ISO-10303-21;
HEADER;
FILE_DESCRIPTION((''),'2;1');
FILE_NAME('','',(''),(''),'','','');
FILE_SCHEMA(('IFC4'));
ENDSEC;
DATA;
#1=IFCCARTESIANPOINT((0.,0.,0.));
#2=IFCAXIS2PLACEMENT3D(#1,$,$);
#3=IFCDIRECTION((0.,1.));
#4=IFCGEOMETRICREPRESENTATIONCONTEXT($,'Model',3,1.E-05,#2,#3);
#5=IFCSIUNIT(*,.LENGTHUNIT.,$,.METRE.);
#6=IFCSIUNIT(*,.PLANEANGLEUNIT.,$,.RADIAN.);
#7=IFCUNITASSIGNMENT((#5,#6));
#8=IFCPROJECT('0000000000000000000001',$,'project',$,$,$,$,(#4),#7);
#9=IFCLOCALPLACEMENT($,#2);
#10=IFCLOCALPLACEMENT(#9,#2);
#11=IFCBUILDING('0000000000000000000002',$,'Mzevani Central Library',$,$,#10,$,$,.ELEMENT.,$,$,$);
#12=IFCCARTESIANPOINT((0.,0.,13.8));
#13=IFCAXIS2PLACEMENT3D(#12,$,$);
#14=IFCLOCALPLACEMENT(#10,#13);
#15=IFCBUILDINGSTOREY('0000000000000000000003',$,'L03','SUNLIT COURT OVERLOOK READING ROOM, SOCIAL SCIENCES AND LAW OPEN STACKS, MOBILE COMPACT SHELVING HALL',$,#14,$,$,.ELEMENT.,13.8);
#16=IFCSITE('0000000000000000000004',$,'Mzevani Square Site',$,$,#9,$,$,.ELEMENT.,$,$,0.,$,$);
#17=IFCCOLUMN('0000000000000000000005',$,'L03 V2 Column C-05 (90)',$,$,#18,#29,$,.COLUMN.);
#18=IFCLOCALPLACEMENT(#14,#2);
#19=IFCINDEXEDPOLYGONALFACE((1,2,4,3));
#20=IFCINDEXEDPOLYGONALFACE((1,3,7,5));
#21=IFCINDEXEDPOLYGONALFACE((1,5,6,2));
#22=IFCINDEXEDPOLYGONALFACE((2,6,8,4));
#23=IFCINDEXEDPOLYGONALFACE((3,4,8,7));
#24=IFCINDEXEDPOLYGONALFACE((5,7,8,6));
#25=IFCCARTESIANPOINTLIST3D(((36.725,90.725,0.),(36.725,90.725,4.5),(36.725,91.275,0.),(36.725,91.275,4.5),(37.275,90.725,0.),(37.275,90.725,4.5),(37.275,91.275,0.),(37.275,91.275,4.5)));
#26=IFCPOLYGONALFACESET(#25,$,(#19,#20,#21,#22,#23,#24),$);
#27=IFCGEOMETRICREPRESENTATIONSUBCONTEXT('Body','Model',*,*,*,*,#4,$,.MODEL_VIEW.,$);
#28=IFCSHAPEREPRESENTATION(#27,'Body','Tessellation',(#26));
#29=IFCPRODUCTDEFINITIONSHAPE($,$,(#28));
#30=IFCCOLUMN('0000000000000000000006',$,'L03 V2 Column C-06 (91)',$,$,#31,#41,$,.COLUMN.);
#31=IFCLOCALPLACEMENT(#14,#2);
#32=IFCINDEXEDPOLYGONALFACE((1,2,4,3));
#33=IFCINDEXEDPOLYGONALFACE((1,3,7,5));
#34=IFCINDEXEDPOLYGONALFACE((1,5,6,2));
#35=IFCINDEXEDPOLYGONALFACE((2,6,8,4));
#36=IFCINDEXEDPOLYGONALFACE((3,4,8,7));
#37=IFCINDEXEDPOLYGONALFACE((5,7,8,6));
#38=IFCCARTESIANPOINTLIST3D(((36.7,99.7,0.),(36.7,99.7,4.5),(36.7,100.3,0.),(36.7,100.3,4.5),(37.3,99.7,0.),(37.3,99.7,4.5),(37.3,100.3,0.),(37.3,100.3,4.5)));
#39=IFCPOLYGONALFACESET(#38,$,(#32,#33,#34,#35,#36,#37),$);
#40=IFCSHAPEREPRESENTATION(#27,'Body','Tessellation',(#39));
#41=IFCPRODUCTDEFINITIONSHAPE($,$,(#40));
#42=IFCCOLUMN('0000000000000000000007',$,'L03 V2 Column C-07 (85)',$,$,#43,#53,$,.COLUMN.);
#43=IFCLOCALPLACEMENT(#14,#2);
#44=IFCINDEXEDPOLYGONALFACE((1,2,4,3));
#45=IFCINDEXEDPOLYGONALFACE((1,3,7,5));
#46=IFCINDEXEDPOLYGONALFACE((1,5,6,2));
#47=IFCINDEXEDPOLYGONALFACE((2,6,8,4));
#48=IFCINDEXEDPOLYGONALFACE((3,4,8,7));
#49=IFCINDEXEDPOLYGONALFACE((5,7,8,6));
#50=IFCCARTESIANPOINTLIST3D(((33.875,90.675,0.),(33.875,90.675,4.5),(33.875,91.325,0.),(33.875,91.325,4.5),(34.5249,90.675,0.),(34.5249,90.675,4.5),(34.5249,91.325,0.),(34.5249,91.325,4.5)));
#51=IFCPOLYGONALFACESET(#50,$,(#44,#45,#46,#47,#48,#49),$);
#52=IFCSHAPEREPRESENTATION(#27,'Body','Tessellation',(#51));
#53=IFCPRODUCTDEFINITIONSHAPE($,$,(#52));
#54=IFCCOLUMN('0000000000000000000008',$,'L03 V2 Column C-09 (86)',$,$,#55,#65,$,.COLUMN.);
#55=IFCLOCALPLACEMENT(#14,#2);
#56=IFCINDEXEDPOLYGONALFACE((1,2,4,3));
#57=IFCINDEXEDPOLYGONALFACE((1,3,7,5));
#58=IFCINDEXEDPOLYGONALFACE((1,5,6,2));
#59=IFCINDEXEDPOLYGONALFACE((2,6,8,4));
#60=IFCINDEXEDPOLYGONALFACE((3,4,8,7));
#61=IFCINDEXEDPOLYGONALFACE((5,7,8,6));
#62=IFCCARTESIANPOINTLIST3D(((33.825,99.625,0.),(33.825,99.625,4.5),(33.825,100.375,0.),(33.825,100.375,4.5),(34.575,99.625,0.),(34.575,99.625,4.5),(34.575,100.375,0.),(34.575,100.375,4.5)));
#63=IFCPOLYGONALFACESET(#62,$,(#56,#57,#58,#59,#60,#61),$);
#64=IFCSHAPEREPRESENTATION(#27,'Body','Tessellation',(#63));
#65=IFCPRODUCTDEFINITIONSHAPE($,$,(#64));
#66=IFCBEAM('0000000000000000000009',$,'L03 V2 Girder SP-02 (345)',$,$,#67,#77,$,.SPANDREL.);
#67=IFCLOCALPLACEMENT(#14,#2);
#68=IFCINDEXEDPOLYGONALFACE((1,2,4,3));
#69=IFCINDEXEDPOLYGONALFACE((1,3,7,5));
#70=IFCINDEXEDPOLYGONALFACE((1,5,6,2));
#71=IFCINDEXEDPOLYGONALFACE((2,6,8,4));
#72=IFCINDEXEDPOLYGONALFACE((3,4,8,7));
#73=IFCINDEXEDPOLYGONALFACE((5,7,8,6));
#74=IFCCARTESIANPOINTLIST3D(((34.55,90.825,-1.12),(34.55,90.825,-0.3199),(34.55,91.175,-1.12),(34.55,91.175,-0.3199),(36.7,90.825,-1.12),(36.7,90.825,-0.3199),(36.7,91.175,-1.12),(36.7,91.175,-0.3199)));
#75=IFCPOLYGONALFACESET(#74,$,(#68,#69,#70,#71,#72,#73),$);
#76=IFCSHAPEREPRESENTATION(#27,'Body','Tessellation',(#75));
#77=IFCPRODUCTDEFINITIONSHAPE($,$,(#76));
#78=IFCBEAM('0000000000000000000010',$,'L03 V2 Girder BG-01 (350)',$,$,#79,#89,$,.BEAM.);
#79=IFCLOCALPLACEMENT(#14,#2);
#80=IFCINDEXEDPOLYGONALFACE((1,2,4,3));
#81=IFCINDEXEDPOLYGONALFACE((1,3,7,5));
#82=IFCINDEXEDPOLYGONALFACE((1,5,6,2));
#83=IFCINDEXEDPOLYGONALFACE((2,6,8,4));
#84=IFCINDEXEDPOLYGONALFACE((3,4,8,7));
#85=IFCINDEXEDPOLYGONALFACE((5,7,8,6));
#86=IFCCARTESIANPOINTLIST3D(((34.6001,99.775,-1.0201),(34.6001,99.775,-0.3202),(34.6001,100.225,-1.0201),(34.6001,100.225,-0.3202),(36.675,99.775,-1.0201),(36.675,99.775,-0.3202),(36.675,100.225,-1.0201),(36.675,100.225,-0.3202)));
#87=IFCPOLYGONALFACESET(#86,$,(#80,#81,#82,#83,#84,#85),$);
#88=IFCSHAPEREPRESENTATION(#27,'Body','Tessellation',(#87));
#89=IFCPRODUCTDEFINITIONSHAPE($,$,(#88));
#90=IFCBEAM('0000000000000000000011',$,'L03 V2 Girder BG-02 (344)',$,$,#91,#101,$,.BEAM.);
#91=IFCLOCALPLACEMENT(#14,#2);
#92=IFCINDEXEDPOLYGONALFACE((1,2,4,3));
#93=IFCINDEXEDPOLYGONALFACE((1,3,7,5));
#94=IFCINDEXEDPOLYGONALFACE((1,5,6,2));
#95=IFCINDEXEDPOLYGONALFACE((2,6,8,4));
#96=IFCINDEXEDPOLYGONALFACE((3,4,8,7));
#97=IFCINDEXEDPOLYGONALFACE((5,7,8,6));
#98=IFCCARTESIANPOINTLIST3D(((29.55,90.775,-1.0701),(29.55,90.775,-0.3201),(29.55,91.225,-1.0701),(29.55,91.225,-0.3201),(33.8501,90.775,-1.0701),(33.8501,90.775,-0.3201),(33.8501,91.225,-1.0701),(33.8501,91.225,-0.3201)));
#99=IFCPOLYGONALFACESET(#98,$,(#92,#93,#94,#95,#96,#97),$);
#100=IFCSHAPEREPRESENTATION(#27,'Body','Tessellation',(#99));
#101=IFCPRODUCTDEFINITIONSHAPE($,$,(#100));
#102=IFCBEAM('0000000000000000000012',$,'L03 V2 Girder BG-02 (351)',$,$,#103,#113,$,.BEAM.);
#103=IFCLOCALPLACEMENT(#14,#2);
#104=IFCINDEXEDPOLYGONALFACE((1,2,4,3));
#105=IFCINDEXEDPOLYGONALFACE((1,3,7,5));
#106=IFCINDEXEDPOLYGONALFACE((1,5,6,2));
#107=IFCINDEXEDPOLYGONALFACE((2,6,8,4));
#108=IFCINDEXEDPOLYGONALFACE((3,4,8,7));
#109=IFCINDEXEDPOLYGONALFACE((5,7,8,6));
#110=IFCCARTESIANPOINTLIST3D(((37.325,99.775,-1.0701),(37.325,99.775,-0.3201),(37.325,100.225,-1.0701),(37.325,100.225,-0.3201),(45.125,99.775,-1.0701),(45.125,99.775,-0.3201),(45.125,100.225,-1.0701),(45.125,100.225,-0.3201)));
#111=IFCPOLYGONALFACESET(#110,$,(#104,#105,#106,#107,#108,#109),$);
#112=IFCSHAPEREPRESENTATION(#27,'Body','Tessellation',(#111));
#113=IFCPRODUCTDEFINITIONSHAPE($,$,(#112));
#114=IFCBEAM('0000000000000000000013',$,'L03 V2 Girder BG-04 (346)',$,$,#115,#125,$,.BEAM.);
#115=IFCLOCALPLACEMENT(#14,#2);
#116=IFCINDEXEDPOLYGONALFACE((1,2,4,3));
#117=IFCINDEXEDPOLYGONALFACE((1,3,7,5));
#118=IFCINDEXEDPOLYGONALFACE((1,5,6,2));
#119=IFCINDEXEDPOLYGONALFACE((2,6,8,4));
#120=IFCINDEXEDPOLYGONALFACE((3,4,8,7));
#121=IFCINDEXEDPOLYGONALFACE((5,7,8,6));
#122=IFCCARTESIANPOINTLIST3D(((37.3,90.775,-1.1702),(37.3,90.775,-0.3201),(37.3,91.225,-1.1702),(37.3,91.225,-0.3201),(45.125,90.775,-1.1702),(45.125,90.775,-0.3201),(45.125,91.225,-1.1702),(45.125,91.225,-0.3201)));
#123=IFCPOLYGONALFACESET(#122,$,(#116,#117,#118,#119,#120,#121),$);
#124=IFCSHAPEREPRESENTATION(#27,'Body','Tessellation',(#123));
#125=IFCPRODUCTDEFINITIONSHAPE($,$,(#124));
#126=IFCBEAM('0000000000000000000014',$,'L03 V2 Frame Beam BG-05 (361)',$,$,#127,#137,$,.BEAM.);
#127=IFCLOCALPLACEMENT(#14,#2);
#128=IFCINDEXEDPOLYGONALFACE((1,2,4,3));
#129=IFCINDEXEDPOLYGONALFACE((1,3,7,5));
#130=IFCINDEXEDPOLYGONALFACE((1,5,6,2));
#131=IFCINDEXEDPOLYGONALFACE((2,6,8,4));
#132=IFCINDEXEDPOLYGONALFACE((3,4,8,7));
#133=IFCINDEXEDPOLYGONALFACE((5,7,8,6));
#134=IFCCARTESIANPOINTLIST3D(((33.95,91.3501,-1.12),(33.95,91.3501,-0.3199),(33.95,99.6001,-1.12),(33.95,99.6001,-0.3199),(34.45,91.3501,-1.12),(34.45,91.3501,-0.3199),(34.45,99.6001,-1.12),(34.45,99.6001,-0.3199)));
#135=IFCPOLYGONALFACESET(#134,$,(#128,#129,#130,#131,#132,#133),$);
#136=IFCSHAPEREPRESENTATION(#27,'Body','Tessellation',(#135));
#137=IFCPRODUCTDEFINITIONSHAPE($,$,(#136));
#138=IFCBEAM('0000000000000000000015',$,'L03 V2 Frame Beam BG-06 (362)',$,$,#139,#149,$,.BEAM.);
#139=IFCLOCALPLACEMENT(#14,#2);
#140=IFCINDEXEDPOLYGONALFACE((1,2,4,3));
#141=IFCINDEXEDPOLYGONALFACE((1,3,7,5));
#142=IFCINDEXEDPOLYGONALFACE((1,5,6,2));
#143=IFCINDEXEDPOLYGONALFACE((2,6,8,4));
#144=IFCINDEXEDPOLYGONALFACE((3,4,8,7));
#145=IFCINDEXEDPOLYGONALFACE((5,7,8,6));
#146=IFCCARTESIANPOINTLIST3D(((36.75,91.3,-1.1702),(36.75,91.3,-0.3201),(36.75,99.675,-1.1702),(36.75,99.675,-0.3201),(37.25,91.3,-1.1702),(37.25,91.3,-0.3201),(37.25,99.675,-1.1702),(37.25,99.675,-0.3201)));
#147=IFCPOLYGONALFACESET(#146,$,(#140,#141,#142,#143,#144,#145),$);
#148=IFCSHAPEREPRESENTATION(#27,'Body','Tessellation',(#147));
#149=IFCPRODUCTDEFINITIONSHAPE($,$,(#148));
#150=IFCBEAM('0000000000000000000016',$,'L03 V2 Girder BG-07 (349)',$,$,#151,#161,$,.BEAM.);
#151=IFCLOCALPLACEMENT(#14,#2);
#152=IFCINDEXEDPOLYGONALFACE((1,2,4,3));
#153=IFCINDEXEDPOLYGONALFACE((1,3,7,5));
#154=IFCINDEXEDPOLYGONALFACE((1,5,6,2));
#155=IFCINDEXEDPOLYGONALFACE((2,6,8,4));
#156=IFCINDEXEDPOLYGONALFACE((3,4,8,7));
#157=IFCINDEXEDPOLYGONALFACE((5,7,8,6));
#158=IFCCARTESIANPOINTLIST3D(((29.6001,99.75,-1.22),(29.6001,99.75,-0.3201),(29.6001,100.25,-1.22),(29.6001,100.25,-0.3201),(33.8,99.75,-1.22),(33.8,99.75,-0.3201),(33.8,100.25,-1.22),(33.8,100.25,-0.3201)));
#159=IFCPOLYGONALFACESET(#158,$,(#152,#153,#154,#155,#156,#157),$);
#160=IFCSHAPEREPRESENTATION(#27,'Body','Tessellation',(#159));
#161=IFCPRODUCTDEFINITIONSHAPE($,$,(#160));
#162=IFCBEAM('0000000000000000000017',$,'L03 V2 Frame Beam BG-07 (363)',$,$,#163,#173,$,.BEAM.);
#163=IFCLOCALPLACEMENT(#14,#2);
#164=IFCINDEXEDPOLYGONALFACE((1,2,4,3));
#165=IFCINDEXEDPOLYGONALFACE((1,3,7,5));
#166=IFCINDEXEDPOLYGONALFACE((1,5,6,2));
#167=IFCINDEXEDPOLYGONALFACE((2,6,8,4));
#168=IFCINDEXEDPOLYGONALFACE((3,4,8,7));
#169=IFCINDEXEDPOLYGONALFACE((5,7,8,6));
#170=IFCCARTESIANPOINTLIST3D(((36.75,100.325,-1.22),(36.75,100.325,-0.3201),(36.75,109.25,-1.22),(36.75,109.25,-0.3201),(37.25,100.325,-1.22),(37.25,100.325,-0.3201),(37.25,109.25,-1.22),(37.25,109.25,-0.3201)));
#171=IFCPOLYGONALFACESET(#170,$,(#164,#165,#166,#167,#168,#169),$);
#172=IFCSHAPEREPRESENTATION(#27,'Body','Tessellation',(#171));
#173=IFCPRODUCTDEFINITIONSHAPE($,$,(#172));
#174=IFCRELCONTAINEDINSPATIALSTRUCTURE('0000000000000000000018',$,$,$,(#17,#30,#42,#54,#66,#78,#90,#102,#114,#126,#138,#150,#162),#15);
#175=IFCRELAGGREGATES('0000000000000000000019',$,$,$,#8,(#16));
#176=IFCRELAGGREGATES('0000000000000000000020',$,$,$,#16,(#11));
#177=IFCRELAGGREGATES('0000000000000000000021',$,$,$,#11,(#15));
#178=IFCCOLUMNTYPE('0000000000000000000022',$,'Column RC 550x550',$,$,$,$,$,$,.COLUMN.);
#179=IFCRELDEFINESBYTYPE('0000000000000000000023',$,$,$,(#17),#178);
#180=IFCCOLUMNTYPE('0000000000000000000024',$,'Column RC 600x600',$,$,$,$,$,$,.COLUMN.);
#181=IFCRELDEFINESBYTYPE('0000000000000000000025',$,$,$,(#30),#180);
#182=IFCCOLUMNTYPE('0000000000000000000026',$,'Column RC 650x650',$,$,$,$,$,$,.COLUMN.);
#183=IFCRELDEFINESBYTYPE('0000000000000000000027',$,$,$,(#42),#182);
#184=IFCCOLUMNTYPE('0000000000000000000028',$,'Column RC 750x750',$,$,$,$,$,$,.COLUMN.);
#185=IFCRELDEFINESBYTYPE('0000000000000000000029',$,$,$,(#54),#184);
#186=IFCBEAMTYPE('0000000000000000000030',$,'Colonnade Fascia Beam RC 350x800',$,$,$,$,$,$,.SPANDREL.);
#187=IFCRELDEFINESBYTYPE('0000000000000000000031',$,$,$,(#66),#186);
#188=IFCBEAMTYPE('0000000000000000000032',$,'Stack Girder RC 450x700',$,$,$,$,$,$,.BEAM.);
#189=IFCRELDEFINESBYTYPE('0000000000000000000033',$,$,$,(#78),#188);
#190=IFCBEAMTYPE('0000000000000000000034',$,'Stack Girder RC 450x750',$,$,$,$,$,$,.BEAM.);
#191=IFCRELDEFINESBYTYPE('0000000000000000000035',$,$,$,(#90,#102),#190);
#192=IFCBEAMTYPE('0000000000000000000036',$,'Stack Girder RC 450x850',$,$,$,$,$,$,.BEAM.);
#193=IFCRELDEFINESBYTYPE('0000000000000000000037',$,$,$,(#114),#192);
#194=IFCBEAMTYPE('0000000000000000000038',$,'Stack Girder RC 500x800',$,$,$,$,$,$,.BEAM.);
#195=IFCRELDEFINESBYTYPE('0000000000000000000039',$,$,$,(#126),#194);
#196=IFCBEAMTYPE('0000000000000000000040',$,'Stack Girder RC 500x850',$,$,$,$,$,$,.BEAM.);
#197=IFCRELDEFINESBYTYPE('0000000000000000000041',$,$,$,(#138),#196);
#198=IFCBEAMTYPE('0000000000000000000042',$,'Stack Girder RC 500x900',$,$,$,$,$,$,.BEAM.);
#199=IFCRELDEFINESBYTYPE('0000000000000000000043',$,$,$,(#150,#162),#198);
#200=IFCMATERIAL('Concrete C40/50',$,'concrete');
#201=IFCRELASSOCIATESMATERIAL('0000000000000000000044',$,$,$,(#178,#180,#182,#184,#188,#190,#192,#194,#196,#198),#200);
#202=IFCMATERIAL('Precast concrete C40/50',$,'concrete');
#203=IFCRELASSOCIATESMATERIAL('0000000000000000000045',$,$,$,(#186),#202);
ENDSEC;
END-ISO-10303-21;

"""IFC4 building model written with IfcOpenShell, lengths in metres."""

from ifc_helpers import new_model, si_unit, direction, frame, origin, origin_2d, place, context, subcontext, project, spatial, rectangle, extrude, material, material_profile, profile_set, type_object, element, save


model = new_model("IFC4")

# Units and contexts
model_context = context("Model", 3, precision=1e-05, world=origin(), true_north=direction((0.0, 1.0)))
body_context = subcontext(model_context, "Body", "Model", "MODEL_VIEW")
ifc_project = project(units=[si_unit("LENGTHUNIT", "METRE"), si_unit("PLANEANGLEUNIT", "RADIAN")], contexts=[model_context])

# Site, building, storey
site_placement = place(None, origin())
site = spatial("IfcSite", under=ifc_project, at=site_placement, Name="Mzevani Square Site", CompositionType="ELEMENT", RefElevation=0.0)
building_placement = place(site_placement, origin())
building = spatial("IfcBuilding", under=site, at=building_placement, Name="Mzevani Central Library", CompositionType="ELEMENT")
storey_placement = place(building_placement, frame((0.0, 0.0, 13.8)))
storey = spatial("IfcBuildingStorey", under=building, at=storey_placement, Name="L03", Description="SUNLIT COURT OVERLOOK READING ROOM, SOCIAL SCIENCES AND LAW OPEN STACKS, MOBILE COMPACT SHELVING HALL", CompositionType="ELEMENT", Elevation=13.8)

# Columns
ifc_material_1 = material(Name="Concrete C40/50", Category="concrete")
ifc_material_profile_1 = material_profile(ifc_material_1, rectangle(XDim=0.55, YDim=0.55, at=origin_2d()), Name="RC 550x550")
ifc_profile_set_1 = profile_set([ifc_material_profile_1], Name="Concrete C40/50")
column_type_1 = type_object("IfcColumnType", Name="Column RC 550x550", PredefinedType="COLUMN", material=ifc_profile_set_1)
column_1_placement = place(storey_placement, frame((37.0, 91.0, 0.0), z_axis=(0.0, 0.0, 1.0), x_axis=(1.0, 0.0, 0.0)))
element("IfcColumn", 1, at=column_1_placement, inside=storey, type_object=column_type_1, Name="L03 V2 Column C-05 (90)", PredefinedType="COLUMN", context=body_context, shape_type="SweptSolid", body=[
    extrude(rectangle(XDim=0.55, YDim=0.55, at=origin_2d()), origin(), (0.0, 0.0, 1.0), 4.5),
])
ifc_material_profile_2 = material_profile(ifc_material_1, rectangle(XDim=0.6001, YDim=0.6001, at=origin_2d()), Name="RC 600x600")
ifc_profile_set_2 = profile_set([ifc_material_profile_2], Name="Concrete C40/50")
column_type_2 = type_object("IfcColumnType", Name="Column RC 600x600", PredefinedType="COLUMN", material=ifc_profile_set_2)
column_2_placement = place(storey_placement, frame((37.0, 100.0, 0.0), z_axis=(0.0, 0.0, 1.0), x_axis=(1.0, 0.0, 0.0)))
element("IfcColumn", 2, at=column_2_placement, inside=storey, type_object=column_type_2, Name="L03 V2 Column C-06 (91)", PredefinedType="COLUMN", context=body_context, shape_type="SweptSolid", body=[
    extrude(rectangle(XDim=0.6001, YDim=0.6001, at=origin_2d()), origin(), (0.0, 0.0, 1.0), 4.5),
])
ifc_material_profile_3 = material_profile(ifc_material_1, rectangle(XDim=0.6499, YDim=0.6499, at=origin_2d()), Name="RC 650x650")
ifc_profile_set_3 = profile_set([ifc_material_profile_3], Name="Concrete C40/50")
column_type_3 = type_object("IfcColumnType", Name="Column RC 650x650", PredefinedType="COLUMN", material=ifc_profile_set_3)
column_3_placement = place(storey_placement, frame((34.2, 91.0, 0.0), z_axis=(0.0, 0.0, 1.0), x_axis=(1.0, 0.0, 0.0)))
element("IfcColumn", 3, at=column_3_placement, inside=storey, type_object=column_type_3, Name="L03 V2 Column C-07 (85)", PredefinedType="COLUMN", context=body_context, shape_type="SweptSolid", body=[
    extrude(rectangle(XDim=0.6499, YDim=0.6499, at=origin_2d()), origin(), (0.0, 0.0, 1.0), 4.5),
])
ifc_material_profile_4 = material_profile(ifc_material_1, rectangle(XDim=0.75, YDim=0.75, at=origin_2d()), Name="RC 750x750")
ifc_profile_set_4 = profile_set([ifc_material_profile_4], Name="Concrete C40/50")
column_type_4 = type_object("IfcColumnType", Name="Column RC 750x750", PredefinedType="COLUMN", material=ifc_profile_set_4)
column_4_placement = place(storey_placement, frame((34.2, 100.0, 0.0), z_axis=(0.0, 0.0, 1.0), x_axis=(1.0, 0.0, 0.0)))
element("IfcColumn", 4, at=column_4_placement, inside=storey, type_object=column_type_4, Name="L03 V2 Column C-09 (86)", PredefinedType="COLUMN", context=body_context, shape_type="SweptSolid", body=[
    extrude(rectangle(XDim=0.75, YDim=0.75, at=origin_2d()), origin(), (0.0, 0.0, 1.0), 4.5),
])

# Beams
ifc_material_2 = material(Name="Precast concrete C40/50", Category="concrete")
ifc_material_profile_5 = material_profile(ifc_material_2, rectangle(XDim=0.3501, YDim=0.8, at=origin_2d()), Name="RC SP350x800")
ifc_profile_set_5 = profile_set([ifc_material_profile_5], Name="Precast concrete C40/50")
beam_type_1 = type_object("IfcBeamType", Name="Colonnade Fascia Beam RC 350x800", PredefinedType="SPANDREL", material=ifc_profile_set_5)
beam_1_placement = place(storey_placement, frame((34.55, 91.0, -0.72), z_axis=(1.0, 0.0, 0.0), x_axis=(0.0, 1.0, 0.0)))
element("IfcBeam", 5, at=beam_1_placement, inside=storey, type_object=beam_type_1, Name="L03 V2 Girder SP-02 (345)", PredefinedType="SPANDREL", context=body_context, shape_type="SweptSolid", body=[
    extrude(rectangle(XDim=0.3501, YDim=0.8, at=origin_2d()), origin(), (0.0, 0.0, 1.0), 2.1499),
])
ifc_material_profile_6 = material_profile(ifc_material_1, rectangle(XDim=0.45, YDim=0.7, at=origin_2d()), Name="RC B450x700")
ifc_profile_set_6 = profile_set([ifc_material_profile_6], Name="Concrete C40/50")
beam_type_2 = type_object("IfcBeamType", Name="Stack Girder RC 450x700", PredefinedType="BEAM", material=ifc_profile_set_6)
beam_2_placement = place(storey_placement, frame((34.6001, 100.0, -0.6702), z_axis=(1.0, 0.0, 0.0), x_axis=(0.0, 1.0, 0.0)))
element("IfcBeam", 6, at=beam_2_placement, inside=storey, type_object=beam_type_2, Name="L03 V2 Girder BG-01 (350)", PredefinedType="BEAM", context=body_context, shape_type="SweptSolid", body=[
    extrude(rectangle(XDim=0.45, YDim=0.7, at=origin_2d()), origin(), (0.0, 0.0, 1.0), 2.075),
])
ifc_material_profile_7 = material_profile(ifc_material_1, rectangle(XDim=0.45, YDim=0.75, at=origin_2d()), Name="RC B450x750")
ifc_profile_set_7 = profile_set([ifc_material_profile_7], Name="Concrete C40/50")
beam_type_3 = type_object("IfcBeamType", Name="Stack Girder RC 450x750", PredefinedType="BEAM", material=ifc_profile_set_7)
beam_3_placement = place(storey_placement, frame((29.55, 91.0, -0.6951), z_axis=(1.0, 0.0, 0.0), x_axis=(0.0, 1.0, 0.0)))
element("IfcBeam", 7, at=beam_3_placement, inside=storey, type_object=beam_type_3, Name="L03 V2 Girder BG-02 (344)", PredefinedType="BEAM", context=body_context, shape_type="SweptSolid", body=[
    extrude(rectangle(XDim=0.45, YDim=0.75, at=origin_2d()), origin(), (0.0, 0.0, 1.0), 4.3),
])
beam_4_placement = place(storey_placement, frame((37.325, 100.0, -0.6951), z_axis=(1.0, 0.0, 0.0), x_axis=(0.0, 1.0, 0.0)))
element("IfcBeam", 8, at=beam_4_placement, inside=storey, type_object=beam_type_3, Name="L03 V2 Girder BG-02 (351)", PredefinedType="BEAM", context=body_context, shape_type="SweptSolid", body=[
    extrude(rectangle(XDim=0.45, YDim=0.75, at=origin_2d()), origin(), (0.0, 0.0, 1.0), 7.8),
])
ifc_material_profile_8 = material_profile(ifc_material_1, rectangle(XDim=0.45, YDim=0.8501, at=origin_2d()), Name="RC B450x850")
ifc_profile_set_8 = profile_set([ifc_material_profile_8], Name="Concrete C40/50")
beam_type_4 = type_object("IfcBeamType", Name="Stack Girder RC 450x850", PredefinedType="BEAM", material=ifc_profile_set_8)
beam_5_placement = place(storey_placement, frame((37.3, 91.0, -0.7451), z_axis=(1.0, 0.0, 0.0), x_axis=(0.0, 1.0, 0.0)))
element("IfcBeam", 9, at=beam_5_placement, inside=storey, type_object=beam_type_4, Name="L03 V2 Girder BG-04 (346)", PredefinedType="BEAM", context=body_context, shape_type="SweptSolid", body=[
    extrude(rectangle(XDim=0.45, YDim=0.8501, at=origin_2d()), origin(), (0.0, 0.0, 1.0), 7.825),
])
ifc_material_profile_9 = material_profile(ifc_material_1, rectangle(XDim=0.5, YDim=0.8, at=origin_2d()), Name="RC B500x800")
ifc_profile_set_9 = profile_set([ifc_material_profile_9], Name="Concrete C40/50")
beam_type_5 = type_object("IfcBeamType", Name="Stack Girder RC 500x800", PredefinedType="BEAM", material=ifc_profile_set_9)
beam_6_placement = place(storey_placement, frame((34.2, 91.3501, -0.72), z_axis=(0.0, 1.0, 0.0), x_axis=(-1.0, 0.0, 0.0)))
element("IfcBeam", 10, at=beam_6_placement, inside=storey, type_object=beam_type_5, Name="L03 V2 Frame Beam BG-05 (361)", PredefinedType="BEAM", context=body_context, shape_type="SweptSolid", body=[
    extrude(rectangle(XDim=0.5, YDim=0.8, at=origin_2d()), origin(), (0.0, 0.0, 1.0), 8.25),
])
ifc_material_profile_10 = material_profile(ifc_material_1, rectangle(XDim=0.5, YDim=0.8501, at=origin_2d()), Name="RC B500x850")
ifc_profile_set_10 = profile_set([ifc_material_profile_10], Name="Concrete C40/50")
beam_type_6 = type_object("IfcBeamType", Name="Stack Girder RC 500x850", PredefinedType="BEAM", material=ifc_profile_set_10)
beam_7_placement = place(storey_placement, frame((37.0, 91.3, -0.7451), z_axis=(0.0, 1.0, 0.0), x_axis=(-1.0, 0.0, 0.0)))
element("IfcBeam", 11, at=beam_7_placement, inside=storey, type_object=beam_type_6, Name="L03 V2 Frame Beam BG-06 (362)", PredefinedType="BEAM", context=body_context, shape_type="SweptSolid", body=[
    extrude(rectangle(XDim=0.5, YDim=0.8501, at=origin_2d()), origin(), (0.0, 0.0, 1.0), 8.375),
])
ifc_material_profile_11 = material_profile(ifc_material_1, rectangle(XDim=0.5, YDim=0.8999, at=origin_2d()), Name="RC B500x900")
ifc_profile_set_11 = profile_set([ifc_material_profile_11], Name="Concrete C40/50")
beam_type_7 = type_object("IfcBeamType", Name="Stack Girder RC 500x900", PredefinedType="BEAM", material=ifc_profile_set_11)
beam_8_placement = place(storey_placement, frame((29.6001, 100.0, -0.77), z_axis=(1.0, 0.0, 0.0), x_axis=(0.0, 1.0, 0.0)))
element("IfcBeam", 12, at=beam_8_placement, inside=storey, type_object=beam_type_7, Name="L03 V2 Girder BG-07 (349)", PredefinedType="BEAM", context=body_context, shape_type="SweptSolid", body=[
    extrude(rectangle(XDim=0.5, YDim=0.8999, at=origin_2d()), origin(), (0.0, 0.0, 1.0), 4.2),
])
beam_9_placement = place(storey_placement, frame((37.0, 100.325, -0.77), z_axis=(0.0, 1.0, 0.0), x_axis=(-1.0, 0.0, 0.0)))
element("IfcBeam", 13, at=beam_9_placement, inside=storey, type_object=beam_type_7, Name="L03 V2 Frame Beam BG-07 (363)", PredefinedType="BEAM", context=body_context, shape_type="SweptSolid", body=[
    extrude(rectangle(XDim=0.5, YDim=0.8999, at=origin_2d()), origin(), (0.0, 0.0, 1.0), 8.925),
])

save(model, "model.ifc")
